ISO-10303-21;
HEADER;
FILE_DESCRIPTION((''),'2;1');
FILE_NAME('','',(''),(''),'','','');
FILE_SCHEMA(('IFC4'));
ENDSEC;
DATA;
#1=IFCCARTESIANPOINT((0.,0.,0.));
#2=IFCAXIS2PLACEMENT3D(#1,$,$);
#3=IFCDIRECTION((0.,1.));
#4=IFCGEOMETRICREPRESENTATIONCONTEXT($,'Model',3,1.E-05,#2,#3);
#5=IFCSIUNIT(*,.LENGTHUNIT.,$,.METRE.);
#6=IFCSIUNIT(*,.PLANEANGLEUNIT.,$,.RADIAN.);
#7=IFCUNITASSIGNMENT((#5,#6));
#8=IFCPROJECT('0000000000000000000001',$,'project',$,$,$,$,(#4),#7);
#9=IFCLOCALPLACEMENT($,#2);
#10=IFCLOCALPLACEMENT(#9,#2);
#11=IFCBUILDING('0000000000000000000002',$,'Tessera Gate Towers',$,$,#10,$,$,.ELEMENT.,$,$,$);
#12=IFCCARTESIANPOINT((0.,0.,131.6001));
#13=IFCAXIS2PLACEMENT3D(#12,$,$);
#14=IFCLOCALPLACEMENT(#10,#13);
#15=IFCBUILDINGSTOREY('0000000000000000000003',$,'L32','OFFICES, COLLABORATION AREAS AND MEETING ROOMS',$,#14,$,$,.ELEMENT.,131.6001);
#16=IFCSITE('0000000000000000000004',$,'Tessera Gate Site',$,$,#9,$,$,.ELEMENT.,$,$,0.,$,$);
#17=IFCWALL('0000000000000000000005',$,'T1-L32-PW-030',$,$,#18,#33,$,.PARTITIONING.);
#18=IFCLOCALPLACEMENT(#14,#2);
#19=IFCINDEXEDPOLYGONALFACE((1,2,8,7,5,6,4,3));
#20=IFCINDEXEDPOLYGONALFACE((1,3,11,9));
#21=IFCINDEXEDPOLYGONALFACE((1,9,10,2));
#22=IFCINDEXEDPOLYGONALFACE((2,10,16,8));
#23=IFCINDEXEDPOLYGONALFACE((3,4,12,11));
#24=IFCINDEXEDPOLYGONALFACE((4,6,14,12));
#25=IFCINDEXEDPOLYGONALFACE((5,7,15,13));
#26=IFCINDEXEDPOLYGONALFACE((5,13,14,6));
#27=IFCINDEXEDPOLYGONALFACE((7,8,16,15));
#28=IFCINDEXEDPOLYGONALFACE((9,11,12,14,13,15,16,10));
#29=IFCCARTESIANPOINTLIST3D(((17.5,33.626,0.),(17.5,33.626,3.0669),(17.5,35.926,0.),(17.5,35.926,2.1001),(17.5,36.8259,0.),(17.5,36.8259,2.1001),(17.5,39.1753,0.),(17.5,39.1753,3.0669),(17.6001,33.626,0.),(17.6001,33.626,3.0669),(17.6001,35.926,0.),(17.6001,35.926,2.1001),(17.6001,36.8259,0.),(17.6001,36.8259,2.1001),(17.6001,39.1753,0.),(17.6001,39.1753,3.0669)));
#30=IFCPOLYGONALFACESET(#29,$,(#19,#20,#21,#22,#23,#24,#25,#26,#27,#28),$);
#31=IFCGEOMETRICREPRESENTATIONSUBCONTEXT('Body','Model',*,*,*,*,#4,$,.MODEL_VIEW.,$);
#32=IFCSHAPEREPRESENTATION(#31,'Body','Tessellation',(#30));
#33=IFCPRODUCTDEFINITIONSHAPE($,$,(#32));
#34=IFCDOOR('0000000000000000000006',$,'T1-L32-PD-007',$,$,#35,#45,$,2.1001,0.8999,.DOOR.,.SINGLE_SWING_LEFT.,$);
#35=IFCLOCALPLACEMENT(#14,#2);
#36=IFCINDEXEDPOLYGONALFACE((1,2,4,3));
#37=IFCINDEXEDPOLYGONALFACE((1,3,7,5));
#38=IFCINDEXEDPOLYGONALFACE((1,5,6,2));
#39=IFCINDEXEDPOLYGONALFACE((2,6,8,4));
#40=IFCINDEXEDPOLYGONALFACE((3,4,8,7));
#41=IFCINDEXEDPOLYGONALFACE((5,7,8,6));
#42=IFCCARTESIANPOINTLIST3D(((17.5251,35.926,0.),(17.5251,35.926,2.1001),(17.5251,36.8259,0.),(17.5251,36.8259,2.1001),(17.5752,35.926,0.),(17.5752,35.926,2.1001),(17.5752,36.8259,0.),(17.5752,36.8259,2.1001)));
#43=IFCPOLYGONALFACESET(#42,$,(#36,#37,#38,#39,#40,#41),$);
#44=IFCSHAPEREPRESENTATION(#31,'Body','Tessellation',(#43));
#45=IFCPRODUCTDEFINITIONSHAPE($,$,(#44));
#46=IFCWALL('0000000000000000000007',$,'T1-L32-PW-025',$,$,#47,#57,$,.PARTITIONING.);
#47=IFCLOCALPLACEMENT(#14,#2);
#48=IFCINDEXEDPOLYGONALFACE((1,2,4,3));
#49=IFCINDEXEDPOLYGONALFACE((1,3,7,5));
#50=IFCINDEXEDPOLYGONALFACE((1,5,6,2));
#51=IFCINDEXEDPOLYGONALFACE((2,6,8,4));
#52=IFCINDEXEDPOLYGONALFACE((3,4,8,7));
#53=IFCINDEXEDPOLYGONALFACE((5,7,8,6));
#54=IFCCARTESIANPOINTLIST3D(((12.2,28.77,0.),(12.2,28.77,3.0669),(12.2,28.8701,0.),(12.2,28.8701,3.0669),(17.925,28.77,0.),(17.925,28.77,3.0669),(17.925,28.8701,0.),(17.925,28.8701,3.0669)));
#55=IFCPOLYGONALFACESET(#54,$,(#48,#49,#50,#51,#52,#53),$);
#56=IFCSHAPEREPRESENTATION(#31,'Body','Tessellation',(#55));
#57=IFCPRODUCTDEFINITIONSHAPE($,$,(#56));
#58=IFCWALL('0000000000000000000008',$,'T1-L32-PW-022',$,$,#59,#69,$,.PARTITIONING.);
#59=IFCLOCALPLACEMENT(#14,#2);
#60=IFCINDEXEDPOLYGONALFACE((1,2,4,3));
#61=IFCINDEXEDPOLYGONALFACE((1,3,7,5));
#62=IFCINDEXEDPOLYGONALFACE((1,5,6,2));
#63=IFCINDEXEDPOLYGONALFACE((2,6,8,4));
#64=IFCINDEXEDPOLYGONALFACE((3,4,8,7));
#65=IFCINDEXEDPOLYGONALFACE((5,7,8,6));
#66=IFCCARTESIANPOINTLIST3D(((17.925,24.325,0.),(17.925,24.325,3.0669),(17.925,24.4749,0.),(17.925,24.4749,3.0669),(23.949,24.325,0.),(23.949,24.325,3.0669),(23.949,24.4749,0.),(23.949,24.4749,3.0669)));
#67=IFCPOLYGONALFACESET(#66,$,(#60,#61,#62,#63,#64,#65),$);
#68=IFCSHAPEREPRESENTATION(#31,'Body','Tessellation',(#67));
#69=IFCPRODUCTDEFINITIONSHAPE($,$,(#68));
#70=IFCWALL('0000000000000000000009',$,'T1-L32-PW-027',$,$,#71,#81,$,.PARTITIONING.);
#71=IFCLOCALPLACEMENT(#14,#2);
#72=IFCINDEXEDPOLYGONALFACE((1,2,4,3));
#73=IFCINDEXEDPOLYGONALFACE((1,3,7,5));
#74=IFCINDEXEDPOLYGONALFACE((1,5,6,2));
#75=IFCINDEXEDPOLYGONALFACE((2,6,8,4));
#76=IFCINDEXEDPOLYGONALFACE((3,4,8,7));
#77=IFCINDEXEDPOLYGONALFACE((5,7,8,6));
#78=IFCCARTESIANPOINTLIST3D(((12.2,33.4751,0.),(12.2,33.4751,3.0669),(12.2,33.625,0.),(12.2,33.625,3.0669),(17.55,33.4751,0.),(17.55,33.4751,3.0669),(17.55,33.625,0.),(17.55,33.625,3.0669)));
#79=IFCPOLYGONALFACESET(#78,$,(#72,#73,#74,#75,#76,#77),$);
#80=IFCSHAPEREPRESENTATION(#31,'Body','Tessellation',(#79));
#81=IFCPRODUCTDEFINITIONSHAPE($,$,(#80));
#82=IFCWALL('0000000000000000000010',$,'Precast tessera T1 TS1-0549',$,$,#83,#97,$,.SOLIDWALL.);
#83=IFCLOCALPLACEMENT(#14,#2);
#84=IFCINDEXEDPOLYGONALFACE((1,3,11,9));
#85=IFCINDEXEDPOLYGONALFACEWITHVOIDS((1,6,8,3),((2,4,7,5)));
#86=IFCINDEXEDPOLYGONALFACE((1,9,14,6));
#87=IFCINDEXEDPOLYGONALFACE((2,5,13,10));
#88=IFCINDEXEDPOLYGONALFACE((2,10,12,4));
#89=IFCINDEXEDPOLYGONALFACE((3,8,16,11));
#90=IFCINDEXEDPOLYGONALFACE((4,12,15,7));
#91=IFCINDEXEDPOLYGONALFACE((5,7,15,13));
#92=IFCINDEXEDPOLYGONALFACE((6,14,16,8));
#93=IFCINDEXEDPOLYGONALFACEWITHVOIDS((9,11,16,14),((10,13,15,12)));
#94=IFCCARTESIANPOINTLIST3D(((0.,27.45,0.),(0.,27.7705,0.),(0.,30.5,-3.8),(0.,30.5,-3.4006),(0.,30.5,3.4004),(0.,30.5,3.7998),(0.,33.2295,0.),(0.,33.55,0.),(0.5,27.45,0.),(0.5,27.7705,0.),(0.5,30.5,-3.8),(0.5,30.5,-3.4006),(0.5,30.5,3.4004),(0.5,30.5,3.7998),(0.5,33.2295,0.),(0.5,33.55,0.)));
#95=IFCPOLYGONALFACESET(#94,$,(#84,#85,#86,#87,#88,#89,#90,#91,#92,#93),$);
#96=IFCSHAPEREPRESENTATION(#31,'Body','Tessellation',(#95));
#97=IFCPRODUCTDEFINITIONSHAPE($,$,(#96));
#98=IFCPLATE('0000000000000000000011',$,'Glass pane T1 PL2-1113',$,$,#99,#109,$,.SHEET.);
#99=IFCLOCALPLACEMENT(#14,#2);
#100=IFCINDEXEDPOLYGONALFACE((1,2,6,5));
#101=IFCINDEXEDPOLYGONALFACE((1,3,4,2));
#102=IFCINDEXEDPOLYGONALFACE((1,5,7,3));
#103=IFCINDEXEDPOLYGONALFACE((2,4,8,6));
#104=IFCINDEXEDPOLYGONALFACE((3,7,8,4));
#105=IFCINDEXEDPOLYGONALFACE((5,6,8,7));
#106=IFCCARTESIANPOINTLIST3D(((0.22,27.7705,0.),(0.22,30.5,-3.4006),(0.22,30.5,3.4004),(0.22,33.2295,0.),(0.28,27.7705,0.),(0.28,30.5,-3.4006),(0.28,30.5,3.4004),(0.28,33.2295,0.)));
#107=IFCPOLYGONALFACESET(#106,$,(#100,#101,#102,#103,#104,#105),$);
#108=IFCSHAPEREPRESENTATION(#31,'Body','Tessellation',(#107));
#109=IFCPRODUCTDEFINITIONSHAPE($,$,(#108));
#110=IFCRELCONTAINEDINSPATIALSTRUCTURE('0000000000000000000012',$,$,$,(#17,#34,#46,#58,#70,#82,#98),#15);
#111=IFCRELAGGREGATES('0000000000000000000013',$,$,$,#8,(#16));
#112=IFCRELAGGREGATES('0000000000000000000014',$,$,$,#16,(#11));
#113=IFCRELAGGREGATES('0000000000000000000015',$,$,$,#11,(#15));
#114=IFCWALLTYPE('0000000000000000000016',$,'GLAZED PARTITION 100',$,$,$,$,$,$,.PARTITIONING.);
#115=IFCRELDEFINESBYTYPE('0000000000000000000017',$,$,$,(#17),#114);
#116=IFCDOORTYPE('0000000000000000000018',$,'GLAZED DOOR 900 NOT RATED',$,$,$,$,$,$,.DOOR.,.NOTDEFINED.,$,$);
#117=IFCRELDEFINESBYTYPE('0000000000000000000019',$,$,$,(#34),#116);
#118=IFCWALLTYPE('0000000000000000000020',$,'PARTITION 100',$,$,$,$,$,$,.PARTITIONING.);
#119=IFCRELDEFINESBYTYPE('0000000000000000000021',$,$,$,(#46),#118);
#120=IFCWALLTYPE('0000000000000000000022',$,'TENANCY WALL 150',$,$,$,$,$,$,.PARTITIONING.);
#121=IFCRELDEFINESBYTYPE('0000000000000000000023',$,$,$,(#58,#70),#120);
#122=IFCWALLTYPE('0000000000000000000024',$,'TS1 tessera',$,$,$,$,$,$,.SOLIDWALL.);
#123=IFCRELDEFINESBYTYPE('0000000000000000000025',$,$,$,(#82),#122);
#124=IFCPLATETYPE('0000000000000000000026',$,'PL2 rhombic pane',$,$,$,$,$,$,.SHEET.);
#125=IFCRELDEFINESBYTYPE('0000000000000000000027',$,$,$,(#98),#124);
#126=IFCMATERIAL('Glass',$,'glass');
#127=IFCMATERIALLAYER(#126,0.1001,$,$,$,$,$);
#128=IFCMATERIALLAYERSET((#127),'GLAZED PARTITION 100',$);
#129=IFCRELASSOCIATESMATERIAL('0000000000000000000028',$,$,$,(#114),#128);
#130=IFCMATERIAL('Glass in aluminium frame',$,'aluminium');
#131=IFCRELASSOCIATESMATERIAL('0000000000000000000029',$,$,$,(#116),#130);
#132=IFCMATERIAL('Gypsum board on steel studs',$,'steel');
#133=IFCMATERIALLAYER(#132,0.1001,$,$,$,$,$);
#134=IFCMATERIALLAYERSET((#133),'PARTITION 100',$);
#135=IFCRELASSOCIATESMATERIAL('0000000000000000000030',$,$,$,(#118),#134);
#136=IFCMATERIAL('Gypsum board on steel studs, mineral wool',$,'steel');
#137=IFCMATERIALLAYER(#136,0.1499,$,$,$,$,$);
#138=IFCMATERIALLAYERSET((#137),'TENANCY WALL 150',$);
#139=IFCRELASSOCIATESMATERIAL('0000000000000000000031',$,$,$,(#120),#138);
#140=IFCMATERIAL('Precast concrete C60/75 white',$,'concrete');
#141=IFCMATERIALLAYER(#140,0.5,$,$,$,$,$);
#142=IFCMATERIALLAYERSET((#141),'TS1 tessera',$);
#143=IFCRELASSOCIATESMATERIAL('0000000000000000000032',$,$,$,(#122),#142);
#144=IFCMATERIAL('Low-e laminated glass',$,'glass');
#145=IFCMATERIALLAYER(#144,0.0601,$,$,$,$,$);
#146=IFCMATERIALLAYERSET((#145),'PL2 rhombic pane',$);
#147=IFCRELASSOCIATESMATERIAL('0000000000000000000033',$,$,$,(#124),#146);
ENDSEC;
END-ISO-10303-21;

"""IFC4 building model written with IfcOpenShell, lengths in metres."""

from ifc_helpers import new_model, si_unit, direction, frame, frame_2d, origin, place, context, subcontext, project, spatial, polyline, rectangle, outline, extrude, source, transform, mapped, material, layer, layer_set, type_object, element, fill, save


model = new_model("IFC4")

# Units and contexts
model_context = context("Model", 3, precision=1e-05, world=origin(), true_north=direction((0.0, 1.0)))
body_context = subcontext(model_context, "Body", "Model", "MODEL_VIEW")
ifc_project = project(units=[si_unit("LENGTHUNIT", "METRE"), si_unit("PLANEANGLEUNIT", "RADIAN")], contexts=[model_context])

# Site, building, storey
site_placement = place(None, origin())
site = spatial("IfcSite", under=ifc_project, at=site_placement, Name="Tessera Gate Site", CompositionType="ELEMENT", RefElevation=0.0)
building_placement = place(site_placement, origin())
building = spatial("IfcBuilding", under=site, at=building_placement, Name="Tessera Gate Towers", CompositionType="ELEMENT")
storey_placement = place(building_placement, frame((0.0, 0.0, 131.6001)))
storey = spatial("IfcBuildingStorey", under=building, at=storey_placement, Name="L32", Description="OFFICES, COLLABORATION AREAS AND MEETING ROOMS", CompositionType="ELEMENT", Elevation=131.6001)

# Shared definitions
ifc_material_1 = material(Name="Glass", Category="glass")
ifc_layer_1 = layer(ifc_material_1, 0.1001)
ifc_layer_set_1 = layer_set([ifc_layer_1], Name="GLAZED PARTITION 100")
wall_type_1 = type_object("IfcWallType", Name="GLAZED PARTITION 100", PredefinedType="PARTITIONING", material=ifc_layer_set_1)
shared_shape_1 = source(origin(), body_context, "Body", "SweptSolid", [
    extrude(rectangle(XDim=0.8999, YDim=2.1001, at=frame_2d((0.45, 1.05))), frame((0.0, 0.0601, 0.0), z_axis=(0.0, -1.0, 0.0), x_axis=(1.0, 0.0, 0.0)), (0.0, 0.0, 1.0), 0.1201),
])
ifc_material_2 = material(Name="Glass in aluminium frame", Category="aluminium")
door_type = type_object("IfcDoorType", Name="GLAZED DOOR 900 NOT RATED", OperationType="NOTDEFINED", PredefinedType="DOOR", material=ifc_material_2)
shared_shape_2 = source(origin(), body_context, "Body", "SweptSolid", [
    extrude(rectangle(XDim=0.8999, YDim=2.1001, at=frame_2d((0.45, 1.05))), frame((0.0, 0.0249, 0.0), z_axis=(0.0, -1.0, 0.0), x_axis=(1.0, 0.0, 0.0)), (0.0, 0.0, 1.0), 0.05),
])

# Wall, opening, door
wall_1_placement = place(storey_placement, frame((17.55, 33.626, 0.0), z_axis=(0.0, 0.0, 1.0), x_axis=(0.0, 1.0, 0.0)))
wall_1 = element("IfcWall", 1, at=wall_1_placement, inside=storey, type_object=wall_type_1, Name="T1-L32-PW-030", PredefinedType="PARTITIONING", context=body_context, shape_type="SweptSolid", body=[
    extrude(rectangle(XDim=5.5493, YDim=0.1001, at=frame_2d((2.7747, 0.0))), origin(), (0.0, 0.0, 1.0), 3.0669),
])
opening_1_placement = place(wall_1_placement, frame((2.3, 0.0, 0.0)))
opening_1 = element("IfcOpeningElement", 2, at=opening_1_placement, cuts=wall_1, PredefinedType="OPENING", context=body_context, shape_type="MappedRepresentation", body=[
    mapped(shared_shape_1, transform((0.0, 0.0, 0.0), scale=1.0)),
])
door_1_placement = place(opening_1_placement, origin())
door_1 = element("IfcDoor", 3, at=door_1_placement, inside=storey, type_object=door_type, Name="T1-L32-PD-007", OperationType="SINGLE_SWING_LEFT", OverallHeight=2.1001, OverallWidth=0.8999, PredefinedType="DOOR", context=body_context, shape_type="MappedRepresentation", body=[
    mapped(shared_shape_2, transform((0.0, 0.0, 0.0), scale=1.0)),
])
fill(opening_1, door_1)

# Walls
ifc_material_3 = material(Name="Gypsum board on steel studs", Category="steel")
ifc_layer_2 = layer(ifc_material_3, 0.1001)
ifc_layer_set_2 = layer_set([ifc_layer_2], Name="PARTITION 100")
wall_type_2 = type_object("IfcWallType", Name="PARTITION 100", PredefinedType="PARTITIONING", material=ifc_layer_set_2)
wall_2_placement = place(storey_placement, frame((12.2, 28.8201, 0.0), z_axis=(0.0, 0.0, 1.0), x_axis=(1.0, 0.0, 0.0)))
element("IfcWall", 4, at=wall_2_placement, inside=storey, type_object=wall_type_2, Name="T1-L32-PW-025", PredefinedType="PARTITIONING", context=body_context, shape_type="SweptSolid", body=[
    extrude(rectangle(XDim=5.7251, YDim=0.1001, at=frame_2d((2.8625, 0.0))), origin(), (0.0, 0.0, 1.0), 3.0669),
])
ifc_material_4 = material(Name="Gypsum board on steel studs, mineral wool", Category="steel")
ifc_layer_3 = layer(ifc_material_4, 0.1499)
ifc_layer_set_3 = layer_set([ifc_layer_3], Name="TENANCY WALL 150")
wall_type_3 = type_object("IfcWallType", Name="TENANCY WALL 150", PredefinedType="PARTITIONING", material=ifc_layer_set_3)
wall_3_placement = place(storey_placement, frame((17.925, 24.3999, 0.0), z_axis=(0.0, 0.0, 1.0), x_axis=(1.0, 0.0, 0.0)))
element("IfcWall", 5, at=wall_3_placement, inside=storey, type_object=wall_type_3, Name="T1-L32-PW-022", PredefinedType="PARTITIONING", context=body_context, shape_type="SweptSolid", body=[
    extrude(rectangle(XDim=6.0239, YDim=0.1499, at=frame_2d((3.012, 0.0))), origin(), (0.0, 0.0, 1.0), 3.0669),
])
wall_4_placement = place(storey_placement, frame((12.2, 33.55, 0.0), z_axis=(0.0, 0.0, 1.0), x_axis=(1.0, 0.0, 0.0)))
element("IfcWall", 6, at=wall_4_placement, inside=storey, type_object=wall_type_3, Name="T1-L32-PW-027", PredefinedType="PARTITIONING", context=body_context, shape_type="SweptSolid", body=[
    extrude(rectangle(XDim=5.3501, YDim=0.1499, at=frame_2d((2.675, 0.0))), origin(), (0.0, 0.0, 1.0), 3.0669),
])

# Wall, opening, plate
ifc_material_5 = material(Name="Precast concrete C60/75 white", Category="concrete")
ifc_layer_4 = layer(ifc_material_5, 0.5)
ifc_layer_set_4 = layer_set([ifc_layer_4], Name="TS1 tessera")
wall_type_4 = type_object("IfcWallType", Name="TS1 tessera", PredefinedType="SOLIDWALL", material=ifc_layer_set_4)
shared_shape_3 = source(origin(), body_context, "Body", "SweptSolid", [
    extrude(outline(polyline([(3.05, 0.0), (6.1001, 3.8), (3.05, 7.5999), (0.0, 3.8), (3.05, 0.0)])), frame((0.0, 0.25, 0.0), z_axis=(0.0, -1.0, 0.0), x_axis=(1.0, 0.0, 0.0)), (0.0, 0.0, 1.0), 0.5),
])
wall_5_placement = place(storey_placement, frame((0.25, 33.55, -3.8), z_axis=(0.0, 0.0, 1.0), x_axis=(0.0, -1.0, 0.0)))
wall_5 = element("IfcWall", 7, at=wall_5_placement, inside=storey, type_object=wall_type_4, Name="Precast tessera T1 TS1-0549", PredefinedType="SOLIDWALL", context=body_context, shape_type="MappedRepresentation", body=[
    mapped(shared_shape_3, transform((0.0, 0.0, 0.0), scale=1.0)),
])
shared_shape_4 = source(origin(), body_context, "Body", "SweptSolid", [
    extrude(outline(polyline([(3.05, 0.3994), (5.7795, 3.8), (3.05, 7.2004), (0.3206, 3.8), (3.05, 0.3994)])), frame((0.0, 0.26, 0.0), z_axis=(0.0, -1.0, 0.0), x_axis=(1.0, 0.0, 0.0)), (0.0, 0.0, 1.0), 0.52),
])
opening_2_placement = place(wall_5_placement, origin())
opening_2 = element("IfcOpeningElement", 8, at=opening_2_placement, cuts=wall_5, PredefinedType="OPENING", context=body_context, shape_type="MappedRepresentation", body=[
    mapped(shared_shape_4, transform((0.0, 0.0, 0.0), scale=1.0)),
])
ifc_material_6 = material(Name="Low-e laminated glass", Category="glass")
ifc_layer_5 = layer(ifc_material_6, 0.0601)
ifc_layer_set_5 = layer_set([ifc_layer_5], Name="PL2 rhombic pane")
plate_type = type_object("IfcPlateType", Name="PL2 rhombic pane", PredefinedType="SHEET", material=ifc_layer_set_5)
shared_shape_5 = source(origin(), body_context, "Body", "SweptSolid", [
    extrude(outline(polyline([(3.05, 0.3994), (5.7795, 3.8), (3.05, 7.2004), (0.3206, 3.8), (3.05, 0.3994)])), frame((0.0, 0.03, 0.0), z_axis=(0.0, -1.0, 0.0), x_axis=(1.0, 0.0, 0.0)), (0.0, 0.0, 1.0), 0.0601),
])
plate_placement = place(opening_2_placement, origin())
plate = element("IfcPlate", 9, at=plate_placement, inside=storey, type_object=plate_type, Name="Glass pane T1 PL2-1113", PredefinedType="SHEET", context=body_context, shape_type="MappedRepresentation", body=[
    mapped(shared_shape_5, transform((0.0, 0.0, 0.0), scale=1.0)),
])
fill(opening_2, plate)

save(model, "model.ifc")
